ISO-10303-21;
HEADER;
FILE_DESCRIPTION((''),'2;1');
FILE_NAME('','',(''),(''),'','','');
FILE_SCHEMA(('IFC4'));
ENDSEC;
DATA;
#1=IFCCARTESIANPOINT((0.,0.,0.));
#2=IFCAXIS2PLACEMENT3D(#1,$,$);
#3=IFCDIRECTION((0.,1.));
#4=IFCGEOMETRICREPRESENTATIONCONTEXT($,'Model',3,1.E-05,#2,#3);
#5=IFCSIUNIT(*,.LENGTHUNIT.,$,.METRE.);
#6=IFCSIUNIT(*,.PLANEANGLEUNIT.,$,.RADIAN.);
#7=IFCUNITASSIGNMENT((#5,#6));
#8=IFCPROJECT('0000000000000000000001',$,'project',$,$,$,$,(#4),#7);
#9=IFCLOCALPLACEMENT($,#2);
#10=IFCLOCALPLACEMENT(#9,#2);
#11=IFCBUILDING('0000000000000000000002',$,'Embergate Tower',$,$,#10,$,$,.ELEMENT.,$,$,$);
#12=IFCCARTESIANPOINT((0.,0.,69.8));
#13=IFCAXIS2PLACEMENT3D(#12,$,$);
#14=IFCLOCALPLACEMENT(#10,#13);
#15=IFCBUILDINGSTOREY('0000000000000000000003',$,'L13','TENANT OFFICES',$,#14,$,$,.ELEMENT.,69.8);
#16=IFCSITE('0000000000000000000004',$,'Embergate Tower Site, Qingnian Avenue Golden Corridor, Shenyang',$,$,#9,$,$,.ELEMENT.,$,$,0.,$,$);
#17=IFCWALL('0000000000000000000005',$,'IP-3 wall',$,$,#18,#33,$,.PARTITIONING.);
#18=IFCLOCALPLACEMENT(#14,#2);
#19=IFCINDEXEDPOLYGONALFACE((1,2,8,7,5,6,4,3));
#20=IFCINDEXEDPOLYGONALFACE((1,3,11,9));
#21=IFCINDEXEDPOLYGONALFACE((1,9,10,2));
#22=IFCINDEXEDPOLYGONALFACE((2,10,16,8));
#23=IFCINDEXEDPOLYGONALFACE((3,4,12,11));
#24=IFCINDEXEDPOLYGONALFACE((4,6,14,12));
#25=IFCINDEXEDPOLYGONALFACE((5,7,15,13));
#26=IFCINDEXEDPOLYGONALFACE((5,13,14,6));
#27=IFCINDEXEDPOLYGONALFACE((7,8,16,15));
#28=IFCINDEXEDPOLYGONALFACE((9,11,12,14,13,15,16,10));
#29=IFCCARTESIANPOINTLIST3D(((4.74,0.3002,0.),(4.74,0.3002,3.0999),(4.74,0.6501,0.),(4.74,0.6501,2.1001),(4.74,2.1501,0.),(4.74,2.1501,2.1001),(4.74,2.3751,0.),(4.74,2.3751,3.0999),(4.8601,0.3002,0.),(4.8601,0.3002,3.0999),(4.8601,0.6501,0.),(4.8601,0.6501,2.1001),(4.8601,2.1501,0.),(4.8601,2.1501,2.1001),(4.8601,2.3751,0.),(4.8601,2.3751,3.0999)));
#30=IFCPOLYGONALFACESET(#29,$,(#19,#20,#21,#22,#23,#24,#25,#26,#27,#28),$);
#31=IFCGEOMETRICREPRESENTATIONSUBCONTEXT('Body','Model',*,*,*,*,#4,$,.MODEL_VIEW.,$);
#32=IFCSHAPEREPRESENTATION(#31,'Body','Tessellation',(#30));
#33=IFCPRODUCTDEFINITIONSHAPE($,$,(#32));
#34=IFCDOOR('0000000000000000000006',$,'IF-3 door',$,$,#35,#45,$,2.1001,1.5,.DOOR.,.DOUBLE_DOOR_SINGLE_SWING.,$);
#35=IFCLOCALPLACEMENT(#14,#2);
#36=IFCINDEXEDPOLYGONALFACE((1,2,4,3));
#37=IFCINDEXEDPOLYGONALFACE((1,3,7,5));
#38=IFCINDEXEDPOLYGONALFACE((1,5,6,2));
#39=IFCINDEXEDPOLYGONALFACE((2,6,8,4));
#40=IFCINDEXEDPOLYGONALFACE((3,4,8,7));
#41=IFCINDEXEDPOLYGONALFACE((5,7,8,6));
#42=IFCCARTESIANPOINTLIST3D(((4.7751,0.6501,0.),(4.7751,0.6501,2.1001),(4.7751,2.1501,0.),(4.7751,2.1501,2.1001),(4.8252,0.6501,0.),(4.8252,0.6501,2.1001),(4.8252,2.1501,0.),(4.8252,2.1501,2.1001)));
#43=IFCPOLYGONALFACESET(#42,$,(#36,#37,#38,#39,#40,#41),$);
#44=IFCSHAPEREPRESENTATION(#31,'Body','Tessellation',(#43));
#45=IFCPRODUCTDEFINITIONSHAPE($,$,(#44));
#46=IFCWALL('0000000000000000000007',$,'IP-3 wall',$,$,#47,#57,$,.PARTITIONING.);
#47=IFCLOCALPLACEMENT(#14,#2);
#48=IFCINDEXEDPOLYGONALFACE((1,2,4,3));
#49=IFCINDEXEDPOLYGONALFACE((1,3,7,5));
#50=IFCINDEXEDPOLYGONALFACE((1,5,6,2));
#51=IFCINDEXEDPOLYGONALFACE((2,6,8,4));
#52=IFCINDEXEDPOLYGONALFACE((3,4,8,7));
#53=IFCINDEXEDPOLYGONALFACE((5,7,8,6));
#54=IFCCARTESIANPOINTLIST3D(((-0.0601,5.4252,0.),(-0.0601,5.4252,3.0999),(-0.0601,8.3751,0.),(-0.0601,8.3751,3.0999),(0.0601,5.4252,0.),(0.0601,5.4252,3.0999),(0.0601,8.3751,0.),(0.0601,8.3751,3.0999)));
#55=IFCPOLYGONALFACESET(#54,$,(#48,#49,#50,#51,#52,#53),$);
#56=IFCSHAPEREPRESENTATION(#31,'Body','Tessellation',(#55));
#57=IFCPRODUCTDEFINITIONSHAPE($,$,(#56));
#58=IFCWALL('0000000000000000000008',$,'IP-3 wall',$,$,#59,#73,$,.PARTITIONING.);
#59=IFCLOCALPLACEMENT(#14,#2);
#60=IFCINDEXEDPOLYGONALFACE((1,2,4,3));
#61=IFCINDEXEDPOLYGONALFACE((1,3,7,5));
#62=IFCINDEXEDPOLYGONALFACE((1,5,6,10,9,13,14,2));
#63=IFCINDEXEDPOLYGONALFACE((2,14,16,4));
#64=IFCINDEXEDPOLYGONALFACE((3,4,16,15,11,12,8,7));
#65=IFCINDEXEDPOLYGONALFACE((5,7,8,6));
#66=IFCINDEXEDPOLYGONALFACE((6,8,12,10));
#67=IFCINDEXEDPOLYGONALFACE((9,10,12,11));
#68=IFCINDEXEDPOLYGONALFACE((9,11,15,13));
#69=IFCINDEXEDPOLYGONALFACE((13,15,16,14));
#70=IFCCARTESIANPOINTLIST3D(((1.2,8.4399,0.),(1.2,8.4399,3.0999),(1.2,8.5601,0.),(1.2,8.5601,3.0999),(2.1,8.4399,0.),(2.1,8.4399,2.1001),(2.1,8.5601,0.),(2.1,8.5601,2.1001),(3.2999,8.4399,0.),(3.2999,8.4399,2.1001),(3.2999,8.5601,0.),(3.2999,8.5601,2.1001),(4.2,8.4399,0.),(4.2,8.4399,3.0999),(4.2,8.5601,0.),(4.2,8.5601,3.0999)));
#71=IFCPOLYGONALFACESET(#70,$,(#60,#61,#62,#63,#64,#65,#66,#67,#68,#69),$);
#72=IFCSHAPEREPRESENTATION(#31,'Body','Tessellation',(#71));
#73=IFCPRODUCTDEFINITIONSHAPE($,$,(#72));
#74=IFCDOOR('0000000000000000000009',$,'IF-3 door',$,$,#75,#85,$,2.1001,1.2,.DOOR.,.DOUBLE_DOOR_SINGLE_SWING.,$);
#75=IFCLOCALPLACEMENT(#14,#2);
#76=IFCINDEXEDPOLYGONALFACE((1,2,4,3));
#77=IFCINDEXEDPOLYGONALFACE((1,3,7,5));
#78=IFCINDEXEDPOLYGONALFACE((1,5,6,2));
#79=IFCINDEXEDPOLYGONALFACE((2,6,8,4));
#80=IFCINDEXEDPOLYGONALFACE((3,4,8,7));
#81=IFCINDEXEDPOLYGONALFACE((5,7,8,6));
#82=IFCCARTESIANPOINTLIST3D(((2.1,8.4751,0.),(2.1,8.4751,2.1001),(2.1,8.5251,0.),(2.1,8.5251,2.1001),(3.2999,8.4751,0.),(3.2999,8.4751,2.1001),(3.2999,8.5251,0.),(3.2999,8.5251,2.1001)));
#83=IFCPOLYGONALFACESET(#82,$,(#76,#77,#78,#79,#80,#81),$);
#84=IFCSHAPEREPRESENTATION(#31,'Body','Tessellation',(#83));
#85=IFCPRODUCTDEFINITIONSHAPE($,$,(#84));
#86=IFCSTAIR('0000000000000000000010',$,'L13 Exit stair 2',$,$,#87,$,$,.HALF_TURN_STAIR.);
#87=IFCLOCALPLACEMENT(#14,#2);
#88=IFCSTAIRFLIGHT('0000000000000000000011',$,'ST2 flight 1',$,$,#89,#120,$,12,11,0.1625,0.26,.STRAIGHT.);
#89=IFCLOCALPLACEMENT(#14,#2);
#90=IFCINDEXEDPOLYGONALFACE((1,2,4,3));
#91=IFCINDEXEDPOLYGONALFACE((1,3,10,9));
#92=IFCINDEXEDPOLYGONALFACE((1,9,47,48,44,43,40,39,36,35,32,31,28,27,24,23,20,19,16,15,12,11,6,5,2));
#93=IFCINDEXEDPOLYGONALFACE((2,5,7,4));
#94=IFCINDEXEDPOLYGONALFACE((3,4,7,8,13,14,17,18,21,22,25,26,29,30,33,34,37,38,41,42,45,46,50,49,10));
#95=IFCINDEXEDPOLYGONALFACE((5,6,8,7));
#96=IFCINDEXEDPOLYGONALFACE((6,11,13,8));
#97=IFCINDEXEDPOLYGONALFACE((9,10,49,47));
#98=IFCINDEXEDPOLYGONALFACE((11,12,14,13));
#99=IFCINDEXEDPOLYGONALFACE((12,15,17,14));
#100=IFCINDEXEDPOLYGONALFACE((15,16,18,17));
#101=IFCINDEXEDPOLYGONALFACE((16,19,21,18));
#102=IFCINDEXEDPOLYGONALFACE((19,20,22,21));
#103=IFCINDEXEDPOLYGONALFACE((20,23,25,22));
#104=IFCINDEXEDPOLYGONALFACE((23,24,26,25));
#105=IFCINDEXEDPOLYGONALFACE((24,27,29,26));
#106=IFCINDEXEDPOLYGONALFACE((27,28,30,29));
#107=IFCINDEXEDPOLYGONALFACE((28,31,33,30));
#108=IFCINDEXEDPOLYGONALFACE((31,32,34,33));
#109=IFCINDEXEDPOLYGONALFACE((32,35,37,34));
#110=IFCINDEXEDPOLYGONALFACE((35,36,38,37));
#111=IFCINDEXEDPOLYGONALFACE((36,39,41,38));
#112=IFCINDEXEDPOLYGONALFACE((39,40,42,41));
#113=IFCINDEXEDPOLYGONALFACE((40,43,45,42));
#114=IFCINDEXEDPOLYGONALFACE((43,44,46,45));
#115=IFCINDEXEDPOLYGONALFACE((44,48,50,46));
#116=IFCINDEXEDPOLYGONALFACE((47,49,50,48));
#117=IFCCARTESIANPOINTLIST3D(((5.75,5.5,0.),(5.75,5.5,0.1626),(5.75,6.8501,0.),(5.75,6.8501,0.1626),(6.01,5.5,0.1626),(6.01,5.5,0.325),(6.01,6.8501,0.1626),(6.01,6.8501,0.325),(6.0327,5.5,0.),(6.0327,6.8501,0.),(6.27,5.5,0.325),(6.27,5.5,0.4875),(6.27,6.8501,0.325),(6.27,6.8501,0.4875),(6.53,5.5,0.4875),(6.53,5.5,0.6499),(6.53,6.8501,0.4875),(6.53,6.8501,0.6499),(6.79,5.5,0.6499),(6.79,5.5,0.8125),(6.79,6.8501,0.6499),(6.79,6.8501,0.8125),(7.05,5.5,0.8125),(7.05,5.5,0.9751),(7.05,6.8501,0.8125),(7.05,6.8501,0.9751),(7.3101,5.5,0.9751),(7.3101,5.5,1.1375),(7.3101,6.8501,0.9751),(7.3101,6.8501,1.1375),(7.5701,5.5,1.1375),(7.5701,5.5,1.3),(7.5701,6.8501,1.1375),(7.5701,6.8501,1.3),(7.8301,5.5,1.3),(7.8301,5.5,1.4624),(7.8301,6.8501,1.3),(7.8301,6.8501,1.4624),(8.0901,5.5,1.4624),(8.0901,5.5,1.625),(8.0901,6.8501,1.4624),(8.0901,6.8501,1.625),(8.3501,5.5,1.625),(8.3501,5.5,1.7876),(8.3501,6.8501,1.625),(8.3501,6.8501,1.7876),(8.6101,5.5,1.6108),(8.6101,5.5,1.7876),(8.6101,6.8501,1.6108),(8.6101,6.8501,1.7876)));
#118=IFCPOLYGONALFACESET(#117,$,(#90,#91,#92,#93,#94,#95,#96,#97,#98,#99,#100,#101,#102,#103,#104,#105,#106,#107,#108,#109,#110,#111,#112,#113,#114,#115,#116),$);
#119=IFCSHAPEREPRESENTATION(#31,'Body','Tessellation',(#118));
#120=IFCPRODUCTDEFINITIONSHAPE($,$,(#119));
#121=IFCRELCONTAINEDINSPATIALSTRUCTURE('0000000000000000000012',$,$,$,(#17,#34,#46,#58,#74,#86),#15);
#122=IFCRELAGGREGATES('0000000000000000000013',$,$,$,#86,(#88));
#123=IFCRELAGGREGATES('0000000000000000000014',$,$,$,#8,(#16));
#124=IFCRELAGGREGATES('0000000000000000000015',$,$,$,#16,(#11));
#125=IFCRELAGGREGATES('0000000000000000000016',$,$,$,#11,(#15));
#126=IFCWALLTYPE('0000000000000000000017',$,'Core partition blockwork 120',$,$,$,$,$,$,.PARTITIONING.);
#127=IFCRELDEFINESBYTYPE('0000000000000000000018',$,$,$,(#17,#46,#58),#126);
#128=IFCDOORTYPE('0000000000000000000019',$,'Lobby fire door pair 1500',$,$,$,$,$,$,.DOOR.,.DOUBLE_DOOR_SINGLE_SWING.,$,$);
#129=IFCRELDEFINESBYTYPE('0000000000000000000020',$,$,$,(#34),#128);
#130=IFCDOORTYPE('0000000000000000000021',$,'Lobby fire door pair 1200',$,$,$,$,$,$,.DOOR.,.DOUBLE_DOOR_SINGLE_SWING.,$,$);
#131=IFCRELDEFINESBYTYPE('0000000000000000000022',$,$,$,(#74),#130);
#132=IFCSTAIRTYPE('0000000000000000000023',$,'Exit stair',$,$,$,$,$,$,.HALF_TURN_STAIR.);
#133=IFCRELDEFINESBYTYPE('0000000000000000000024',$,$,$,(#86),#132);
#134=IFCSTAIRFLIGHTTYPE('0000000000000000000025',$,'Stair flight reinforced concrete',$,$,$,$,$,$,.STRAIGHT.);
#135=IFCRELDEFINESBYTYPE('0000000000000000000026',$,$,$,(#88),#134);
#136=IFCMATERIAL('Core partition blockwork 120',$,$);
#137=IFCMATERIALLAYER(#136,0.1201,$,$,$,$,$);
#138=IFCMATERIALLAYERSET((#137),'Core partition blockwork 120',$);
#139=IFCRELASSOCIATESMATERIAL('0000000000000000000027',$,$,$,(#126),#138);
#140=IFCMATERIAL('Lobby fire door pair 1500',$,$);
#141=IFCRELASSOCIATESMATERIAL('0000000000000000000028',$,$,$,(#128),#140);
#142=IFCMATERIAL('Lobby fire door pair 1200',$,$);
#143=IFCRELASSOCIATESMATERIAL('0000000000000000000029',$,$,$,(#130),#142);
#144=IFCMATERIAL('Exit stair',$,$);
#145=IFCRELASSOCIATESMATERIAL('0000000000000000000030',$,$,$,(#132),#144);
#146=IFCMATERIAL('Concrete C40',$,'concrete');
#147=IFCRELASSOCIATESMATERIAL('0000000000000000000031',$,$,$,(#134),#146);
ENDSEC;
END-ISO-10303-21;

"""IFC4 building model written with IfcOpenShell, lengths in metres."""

from ifc_helpers import new_model, si_unit, direction, frame, frame_2d, origin, place, context, subcontext, project, spatial, polyline, rectangle, outline, extrude, source, transform, mapped, material, layer, layer_set, type_object, element, fill, aggregate, save


model = new_model("IFC4")

# Units and contexts
model_context = context("Model", 3, precision=1e-05, world=origin(), true_north=direction((0.0, 1.0)))
body_context = subcontext(model_context, "Body", "Model", "MODEL_VIEW")
ifc_project = project(units=[si_unit("LENGTHUNIT", "METRE"), si_unit("PLANEANGLEUNIT", "RADIAN")], contexts=[model_context])

# Site, building, storey
site_placement = place(None, origin())
site = spatial("IfcSite", under=ifc_project, at=site_placement, Name="Embergate Tower Site, Qingnian Avenue Golden Corridor, Shenyang", CompositionType="ELEMENT", RefElevation=0.0)
building_placement = place(site_placement, origin())
building = spatial("IfcBuilding", under=site, at=building_placement, Name="Embergate Tower", CompositionType="ELEMENT")
storey_placement = place(building_placement, frame((0.0, 0.0, 69.8)))
storey = spatial("IfcBuildingStorey", under=building, at=storey_placement, Name="L13", Description="TENANT OFFICES", CompositionType="ELEMENT", Elevation=69.8)

# Shared definitions
shared_shape_1 = source(origin(), body_context, "Body", "SweptSolid", [
    extrude(rectangle(XDim=1.2, YDim=2.1001, at=frame_2d((0.6001, 1.05))), frame((0.0, 0.0249, 0.0), z_axis=(0.0, -1.0, 0.0), x_axis=(1.0, 0.0, 0.0)), (0.0, 0.0, 1.0), 0.05),
])

# Shared definitions
ifc_material_1 = material(Name="Core partition blockwork 120")
ifc_layer_1 = layer(ifc_material_1, 0.1201)
ifc_layer_set_1 = layer_set([ifc_layer_1], Name="Core partition blockwork 120")
wall_type_1 = type_object("IfcWallType", Name="Core partition blockwork 120", PredefinedType="PARTITIONING", material=ifc_layer_set_1)

# Wall, opening, door
shared_shape_2 = source(origin(), body_context, "Body", "SweptSolid", [
    extrude(rectangle(XDim=2.075, YDim=0.1201, at=frame_2d((1.0376, 0.0))), origin(), (0.0, 0.0, 1.0), 3.0999),
])
wall_1_placement = place(storey_placement, frame((4.8, 0.3, 0.0), z_axis=(0.0, 0.0, 1.0), x_axis=(0.0, 1.0, 0.0)))
wall_1 = element("IfcWall", 1, at=wall_1_placement, inside=storey, type_object=wall_type_1, Name="IP-3 wall", PredefinedType="PARTITIONING", context=body_context, shape_type="MappedRepresentation", body=[
    mapped(shared_shape_2, transform((0.0, 0.0, 0.0))),
])
shared_shape_3 = source(origin(), body_context, "Body", "SweptSolid", [
    extrude(rectangle(XDim=1.5, YDim=2.1001, at=frame_2d((0.75, 1.05))), frame((0.0, 0.0701, 0.0), z_axis=(0.0, -1.0, 0.0), x_axis=(1.0, 0.0, 0.0)), (0.0, 0.0, 1.0), 0.1401),
])
opening_1_placement = place(wall_1_placement, frame((0.3501, 0.0, 0.0)))
opening_1 = element("IfcOpeningElement", 2, at=opening_1_placement, cuts=wall_1, PredefinedType="OPENING", context=body_context, shape_type="MappedRepresentation", body=[
    mapped(shared_shape_3, transform((0.0, 0.0, 0.0))),
])
ifc_material_2 = material(Name="Lobby fire door pair 1500")
door_type_1 = type_object("IfcDoorType", Name="Lobby fire door pair 1500", OperationType="DOUBLE_DOOR_SINGLE_SWING", PredefinedType="DOOR", material=ifc_material_2)
shared_shape_4 = source(origin(), body_context, "Body", "SweptSolid", [
    extrude(rectangle(XDim=1.5, YDim=2.1001, at=frame_2d((0.75, 1.05))), frame((0.0, 0.0249, 0.0), z_axis=(0.0, -1.0, 0.0), x_axis=(1.0, 0.0, 0.0)), (0.0, 0.0, 1.0), 0.05),
])
door_1_placement = place(opening_1_placement, origin())
door_1 = element("IfcDoor", 3, at=door_1_placement, inside=storey, type_object=door_type_1, Name="IF-3 door", OperationType="DOUBLE_DOOR_SINGLE_SWING", OverallHeight=2.1001, OverallWidth=1.5, PredefinedType="DOOR", context=body_context, shape_type="MappedRepresentation", body=[
    mapped(shared_shape_4, transform((0.0, 0.0, 0.0))),
])
fill(opening_1, door_1)

# Wall
shared_shape_5 = source(origin(), body_context, "Body", "SweptSolid", [
    extrude(rectangle(XDim=2.95, YDim=0.1201, at=frame_2d((1.4751, 0.0))), origin(), (0.0, 0.0, 1.0), 3.0999),
])
wall_2_placement = place(storey_placement, frame((0.0, 5.425, 0.0), z_axis=(0.0, 0.0, 1.0), x_axis=(0.0, 1.0, 0.0)))
element("IfcWall", 4, at=wall_2_placement, inside=storey, type_object=wall_type_1, Name="IP-3 wall", PredefinedType="PARTITIONING", context=body_context, shape_type="MappedRepresentation", body=[
    mapped(shared_shape_5, transform((0.0, 0.0, 0.0))),
])

# Wall, opening, door
shared_shape_6 = source(origin(), body_context, "Body", "SweptSolid", [
    extrude(rectangle(XDim=3.0, YDim=0.1201, at=frame_2d((1.5, 0.0))), origin(), (0.0, 0.0, 1.0), 3.0999),
])
wall_3_placement = place(storey_placement, frame((4.2, 8.5, 0.0), z_axis=(0.0, 0.0, 1.0), x_axis=(-1.0, 0.0, 0.0)))
wall_3 = element("IfcWall", 5, at=wall_3_placement, inside=storey, type_object=wall_type_1, Name="IP-3 wall", PredefinedType="PARTITIONING", context=body_context, shape_type="MappedRepresentation", body=[
    mapped(shared_shape_6, transform((0.0, 0.0, 0.0))),
])
shared_shape_7 = source(origin(), body_context, "Body", "SweptSolid", [
    extrude(rectangle(XDim=1.2, YDim=2.1001, at=frame_2d((0.6001, 1.05))), frame((0.0, 0.0701, 0.0), z_axis=(0.0, -1.0, 0.0), x_axis=(1.0, 0.0, 0.0)), (0.0, 0.0, 1.0), 0.1401),
])
opening_2_placement = place(wall_3_placement, frame((0.8999, 0.0, 0.0)))
opening_2 = element("IfcOpeningElement", 6, at=opening_2_placement, cuts=wall_3, PredefinedType="OPENING", context=body_context, shape_type="MappedRepresentation", body=[
    mapped(shared_shape_7, transform((0.0, 0.0, 0.0))),
])
ifc_material_3 = material(Name="Lobby fire door pair 1200")
door_type_2 = type_object("IfcDoorType", Name="Lobby fire door pair 1200", OperationType="DOUBLE_DOOR_SINGLE_SWING", PredefinedType="DOOR", material=ifc_material_3)
door_2_placement = place(opening_2_placement, origin())
door_2 = element("IfcDoor", 7, at=door_2_placement, inside=storey, type_object=door_type_2, Name="IF-3 door", OperationType="DOUBLE_DOOR_SINGLE_SWING", OverallHeight=2.1001, OverallWidth=1.2, PredefinedType="DOOR", context=body_context, shape_type="MappedRepresentation", body=[
    mapped(shared_shape_1, transform((0.0, 0.0, 0.0))),
])
fill(opening_2, door_2)

# Stair, stair flight
ifc_material_4 = material(Name="Exit stair")
stair_type = type_object("IfcStairType", Name="Exit stair", PredefinedType="HALF_TURN_STAIR", material=ifc_material_4)
stair_placement = place(storey_placement, origin())
stair = element("IfcStair", 8, at=stair_placement, inside=storey, type_object=stair_type, Name="L13 Exit stair 2", PredefinedType="HALF_TURN_STAIR")
ifc_material_5 = material(Name="Concrete C40", Category="concrete")
stair_flight_type = type_object("IfcStairFlightType", Name="Stair flight reinforced concrete", PredefinedType="STRAIGHT", material=ifc_material_5)
shared_shape_8 = source(origin(), body_context, "Body", "SweptSolid", [
    extrude(outline(polyline([(0.0, 0.0), (0.0, 0.1626), (0.26, 0.1626), (0.26, 0.325), (0.52, 0.325), (0.52, 0.4875), (0.78, 0.4875), (0.78, 0.6499), (1.04, 0.6499), (1.04, 0.8125), (1.3, 0.8125), (1.3, 0.9751), (1.5601, 0.9751), (1.5601, 1.1375), (1.8201, 1.1375), (1.8201, 1.3), (2.0801, 1.3), (2.0801, 1.4624), (2.3401, 1.4624), (2.3401, 1.625), (2.6001, 1.625), (2.6001, 1.7876), (2.8601, 1.7876), (2.8601, 1.95), (2.8601, 1.6108), (0.2827, 0.0), (0.0, 0.0)])), frame((0.0, 0.675, 0.0), z_axis=(0.0, -1.0, 0.0), x_axis=(1.0, 0.0, 0.0)), (0.0, 0.0, 1.0), 1.3501),
])
stair_flight_placement = place(storey_placement, frame((5.75, 6.175, 0.0), z_axis=(0.0, 0.0, 1.0), x_axis=(1.0, 0.0, 0.0)))
stair_flight = element("IfcStairFlight", 9, at=stair_flight_placement, type_object=stair_flight_type, Name="ST2 flight 1", NumberOfRisers=12, NumberOfTreads=11, PredefinedType="STRAIGHT", RiserHeight=0.1625, TreadLength=0.26, context=body_context, shape_type="MappedRepresentation", body=[
    mapped(shared_shape_8, transform((0.0, 0.0, 0.0))),
])
aggregate(stair, [stair_flight])

save(model, "model.ifc")
